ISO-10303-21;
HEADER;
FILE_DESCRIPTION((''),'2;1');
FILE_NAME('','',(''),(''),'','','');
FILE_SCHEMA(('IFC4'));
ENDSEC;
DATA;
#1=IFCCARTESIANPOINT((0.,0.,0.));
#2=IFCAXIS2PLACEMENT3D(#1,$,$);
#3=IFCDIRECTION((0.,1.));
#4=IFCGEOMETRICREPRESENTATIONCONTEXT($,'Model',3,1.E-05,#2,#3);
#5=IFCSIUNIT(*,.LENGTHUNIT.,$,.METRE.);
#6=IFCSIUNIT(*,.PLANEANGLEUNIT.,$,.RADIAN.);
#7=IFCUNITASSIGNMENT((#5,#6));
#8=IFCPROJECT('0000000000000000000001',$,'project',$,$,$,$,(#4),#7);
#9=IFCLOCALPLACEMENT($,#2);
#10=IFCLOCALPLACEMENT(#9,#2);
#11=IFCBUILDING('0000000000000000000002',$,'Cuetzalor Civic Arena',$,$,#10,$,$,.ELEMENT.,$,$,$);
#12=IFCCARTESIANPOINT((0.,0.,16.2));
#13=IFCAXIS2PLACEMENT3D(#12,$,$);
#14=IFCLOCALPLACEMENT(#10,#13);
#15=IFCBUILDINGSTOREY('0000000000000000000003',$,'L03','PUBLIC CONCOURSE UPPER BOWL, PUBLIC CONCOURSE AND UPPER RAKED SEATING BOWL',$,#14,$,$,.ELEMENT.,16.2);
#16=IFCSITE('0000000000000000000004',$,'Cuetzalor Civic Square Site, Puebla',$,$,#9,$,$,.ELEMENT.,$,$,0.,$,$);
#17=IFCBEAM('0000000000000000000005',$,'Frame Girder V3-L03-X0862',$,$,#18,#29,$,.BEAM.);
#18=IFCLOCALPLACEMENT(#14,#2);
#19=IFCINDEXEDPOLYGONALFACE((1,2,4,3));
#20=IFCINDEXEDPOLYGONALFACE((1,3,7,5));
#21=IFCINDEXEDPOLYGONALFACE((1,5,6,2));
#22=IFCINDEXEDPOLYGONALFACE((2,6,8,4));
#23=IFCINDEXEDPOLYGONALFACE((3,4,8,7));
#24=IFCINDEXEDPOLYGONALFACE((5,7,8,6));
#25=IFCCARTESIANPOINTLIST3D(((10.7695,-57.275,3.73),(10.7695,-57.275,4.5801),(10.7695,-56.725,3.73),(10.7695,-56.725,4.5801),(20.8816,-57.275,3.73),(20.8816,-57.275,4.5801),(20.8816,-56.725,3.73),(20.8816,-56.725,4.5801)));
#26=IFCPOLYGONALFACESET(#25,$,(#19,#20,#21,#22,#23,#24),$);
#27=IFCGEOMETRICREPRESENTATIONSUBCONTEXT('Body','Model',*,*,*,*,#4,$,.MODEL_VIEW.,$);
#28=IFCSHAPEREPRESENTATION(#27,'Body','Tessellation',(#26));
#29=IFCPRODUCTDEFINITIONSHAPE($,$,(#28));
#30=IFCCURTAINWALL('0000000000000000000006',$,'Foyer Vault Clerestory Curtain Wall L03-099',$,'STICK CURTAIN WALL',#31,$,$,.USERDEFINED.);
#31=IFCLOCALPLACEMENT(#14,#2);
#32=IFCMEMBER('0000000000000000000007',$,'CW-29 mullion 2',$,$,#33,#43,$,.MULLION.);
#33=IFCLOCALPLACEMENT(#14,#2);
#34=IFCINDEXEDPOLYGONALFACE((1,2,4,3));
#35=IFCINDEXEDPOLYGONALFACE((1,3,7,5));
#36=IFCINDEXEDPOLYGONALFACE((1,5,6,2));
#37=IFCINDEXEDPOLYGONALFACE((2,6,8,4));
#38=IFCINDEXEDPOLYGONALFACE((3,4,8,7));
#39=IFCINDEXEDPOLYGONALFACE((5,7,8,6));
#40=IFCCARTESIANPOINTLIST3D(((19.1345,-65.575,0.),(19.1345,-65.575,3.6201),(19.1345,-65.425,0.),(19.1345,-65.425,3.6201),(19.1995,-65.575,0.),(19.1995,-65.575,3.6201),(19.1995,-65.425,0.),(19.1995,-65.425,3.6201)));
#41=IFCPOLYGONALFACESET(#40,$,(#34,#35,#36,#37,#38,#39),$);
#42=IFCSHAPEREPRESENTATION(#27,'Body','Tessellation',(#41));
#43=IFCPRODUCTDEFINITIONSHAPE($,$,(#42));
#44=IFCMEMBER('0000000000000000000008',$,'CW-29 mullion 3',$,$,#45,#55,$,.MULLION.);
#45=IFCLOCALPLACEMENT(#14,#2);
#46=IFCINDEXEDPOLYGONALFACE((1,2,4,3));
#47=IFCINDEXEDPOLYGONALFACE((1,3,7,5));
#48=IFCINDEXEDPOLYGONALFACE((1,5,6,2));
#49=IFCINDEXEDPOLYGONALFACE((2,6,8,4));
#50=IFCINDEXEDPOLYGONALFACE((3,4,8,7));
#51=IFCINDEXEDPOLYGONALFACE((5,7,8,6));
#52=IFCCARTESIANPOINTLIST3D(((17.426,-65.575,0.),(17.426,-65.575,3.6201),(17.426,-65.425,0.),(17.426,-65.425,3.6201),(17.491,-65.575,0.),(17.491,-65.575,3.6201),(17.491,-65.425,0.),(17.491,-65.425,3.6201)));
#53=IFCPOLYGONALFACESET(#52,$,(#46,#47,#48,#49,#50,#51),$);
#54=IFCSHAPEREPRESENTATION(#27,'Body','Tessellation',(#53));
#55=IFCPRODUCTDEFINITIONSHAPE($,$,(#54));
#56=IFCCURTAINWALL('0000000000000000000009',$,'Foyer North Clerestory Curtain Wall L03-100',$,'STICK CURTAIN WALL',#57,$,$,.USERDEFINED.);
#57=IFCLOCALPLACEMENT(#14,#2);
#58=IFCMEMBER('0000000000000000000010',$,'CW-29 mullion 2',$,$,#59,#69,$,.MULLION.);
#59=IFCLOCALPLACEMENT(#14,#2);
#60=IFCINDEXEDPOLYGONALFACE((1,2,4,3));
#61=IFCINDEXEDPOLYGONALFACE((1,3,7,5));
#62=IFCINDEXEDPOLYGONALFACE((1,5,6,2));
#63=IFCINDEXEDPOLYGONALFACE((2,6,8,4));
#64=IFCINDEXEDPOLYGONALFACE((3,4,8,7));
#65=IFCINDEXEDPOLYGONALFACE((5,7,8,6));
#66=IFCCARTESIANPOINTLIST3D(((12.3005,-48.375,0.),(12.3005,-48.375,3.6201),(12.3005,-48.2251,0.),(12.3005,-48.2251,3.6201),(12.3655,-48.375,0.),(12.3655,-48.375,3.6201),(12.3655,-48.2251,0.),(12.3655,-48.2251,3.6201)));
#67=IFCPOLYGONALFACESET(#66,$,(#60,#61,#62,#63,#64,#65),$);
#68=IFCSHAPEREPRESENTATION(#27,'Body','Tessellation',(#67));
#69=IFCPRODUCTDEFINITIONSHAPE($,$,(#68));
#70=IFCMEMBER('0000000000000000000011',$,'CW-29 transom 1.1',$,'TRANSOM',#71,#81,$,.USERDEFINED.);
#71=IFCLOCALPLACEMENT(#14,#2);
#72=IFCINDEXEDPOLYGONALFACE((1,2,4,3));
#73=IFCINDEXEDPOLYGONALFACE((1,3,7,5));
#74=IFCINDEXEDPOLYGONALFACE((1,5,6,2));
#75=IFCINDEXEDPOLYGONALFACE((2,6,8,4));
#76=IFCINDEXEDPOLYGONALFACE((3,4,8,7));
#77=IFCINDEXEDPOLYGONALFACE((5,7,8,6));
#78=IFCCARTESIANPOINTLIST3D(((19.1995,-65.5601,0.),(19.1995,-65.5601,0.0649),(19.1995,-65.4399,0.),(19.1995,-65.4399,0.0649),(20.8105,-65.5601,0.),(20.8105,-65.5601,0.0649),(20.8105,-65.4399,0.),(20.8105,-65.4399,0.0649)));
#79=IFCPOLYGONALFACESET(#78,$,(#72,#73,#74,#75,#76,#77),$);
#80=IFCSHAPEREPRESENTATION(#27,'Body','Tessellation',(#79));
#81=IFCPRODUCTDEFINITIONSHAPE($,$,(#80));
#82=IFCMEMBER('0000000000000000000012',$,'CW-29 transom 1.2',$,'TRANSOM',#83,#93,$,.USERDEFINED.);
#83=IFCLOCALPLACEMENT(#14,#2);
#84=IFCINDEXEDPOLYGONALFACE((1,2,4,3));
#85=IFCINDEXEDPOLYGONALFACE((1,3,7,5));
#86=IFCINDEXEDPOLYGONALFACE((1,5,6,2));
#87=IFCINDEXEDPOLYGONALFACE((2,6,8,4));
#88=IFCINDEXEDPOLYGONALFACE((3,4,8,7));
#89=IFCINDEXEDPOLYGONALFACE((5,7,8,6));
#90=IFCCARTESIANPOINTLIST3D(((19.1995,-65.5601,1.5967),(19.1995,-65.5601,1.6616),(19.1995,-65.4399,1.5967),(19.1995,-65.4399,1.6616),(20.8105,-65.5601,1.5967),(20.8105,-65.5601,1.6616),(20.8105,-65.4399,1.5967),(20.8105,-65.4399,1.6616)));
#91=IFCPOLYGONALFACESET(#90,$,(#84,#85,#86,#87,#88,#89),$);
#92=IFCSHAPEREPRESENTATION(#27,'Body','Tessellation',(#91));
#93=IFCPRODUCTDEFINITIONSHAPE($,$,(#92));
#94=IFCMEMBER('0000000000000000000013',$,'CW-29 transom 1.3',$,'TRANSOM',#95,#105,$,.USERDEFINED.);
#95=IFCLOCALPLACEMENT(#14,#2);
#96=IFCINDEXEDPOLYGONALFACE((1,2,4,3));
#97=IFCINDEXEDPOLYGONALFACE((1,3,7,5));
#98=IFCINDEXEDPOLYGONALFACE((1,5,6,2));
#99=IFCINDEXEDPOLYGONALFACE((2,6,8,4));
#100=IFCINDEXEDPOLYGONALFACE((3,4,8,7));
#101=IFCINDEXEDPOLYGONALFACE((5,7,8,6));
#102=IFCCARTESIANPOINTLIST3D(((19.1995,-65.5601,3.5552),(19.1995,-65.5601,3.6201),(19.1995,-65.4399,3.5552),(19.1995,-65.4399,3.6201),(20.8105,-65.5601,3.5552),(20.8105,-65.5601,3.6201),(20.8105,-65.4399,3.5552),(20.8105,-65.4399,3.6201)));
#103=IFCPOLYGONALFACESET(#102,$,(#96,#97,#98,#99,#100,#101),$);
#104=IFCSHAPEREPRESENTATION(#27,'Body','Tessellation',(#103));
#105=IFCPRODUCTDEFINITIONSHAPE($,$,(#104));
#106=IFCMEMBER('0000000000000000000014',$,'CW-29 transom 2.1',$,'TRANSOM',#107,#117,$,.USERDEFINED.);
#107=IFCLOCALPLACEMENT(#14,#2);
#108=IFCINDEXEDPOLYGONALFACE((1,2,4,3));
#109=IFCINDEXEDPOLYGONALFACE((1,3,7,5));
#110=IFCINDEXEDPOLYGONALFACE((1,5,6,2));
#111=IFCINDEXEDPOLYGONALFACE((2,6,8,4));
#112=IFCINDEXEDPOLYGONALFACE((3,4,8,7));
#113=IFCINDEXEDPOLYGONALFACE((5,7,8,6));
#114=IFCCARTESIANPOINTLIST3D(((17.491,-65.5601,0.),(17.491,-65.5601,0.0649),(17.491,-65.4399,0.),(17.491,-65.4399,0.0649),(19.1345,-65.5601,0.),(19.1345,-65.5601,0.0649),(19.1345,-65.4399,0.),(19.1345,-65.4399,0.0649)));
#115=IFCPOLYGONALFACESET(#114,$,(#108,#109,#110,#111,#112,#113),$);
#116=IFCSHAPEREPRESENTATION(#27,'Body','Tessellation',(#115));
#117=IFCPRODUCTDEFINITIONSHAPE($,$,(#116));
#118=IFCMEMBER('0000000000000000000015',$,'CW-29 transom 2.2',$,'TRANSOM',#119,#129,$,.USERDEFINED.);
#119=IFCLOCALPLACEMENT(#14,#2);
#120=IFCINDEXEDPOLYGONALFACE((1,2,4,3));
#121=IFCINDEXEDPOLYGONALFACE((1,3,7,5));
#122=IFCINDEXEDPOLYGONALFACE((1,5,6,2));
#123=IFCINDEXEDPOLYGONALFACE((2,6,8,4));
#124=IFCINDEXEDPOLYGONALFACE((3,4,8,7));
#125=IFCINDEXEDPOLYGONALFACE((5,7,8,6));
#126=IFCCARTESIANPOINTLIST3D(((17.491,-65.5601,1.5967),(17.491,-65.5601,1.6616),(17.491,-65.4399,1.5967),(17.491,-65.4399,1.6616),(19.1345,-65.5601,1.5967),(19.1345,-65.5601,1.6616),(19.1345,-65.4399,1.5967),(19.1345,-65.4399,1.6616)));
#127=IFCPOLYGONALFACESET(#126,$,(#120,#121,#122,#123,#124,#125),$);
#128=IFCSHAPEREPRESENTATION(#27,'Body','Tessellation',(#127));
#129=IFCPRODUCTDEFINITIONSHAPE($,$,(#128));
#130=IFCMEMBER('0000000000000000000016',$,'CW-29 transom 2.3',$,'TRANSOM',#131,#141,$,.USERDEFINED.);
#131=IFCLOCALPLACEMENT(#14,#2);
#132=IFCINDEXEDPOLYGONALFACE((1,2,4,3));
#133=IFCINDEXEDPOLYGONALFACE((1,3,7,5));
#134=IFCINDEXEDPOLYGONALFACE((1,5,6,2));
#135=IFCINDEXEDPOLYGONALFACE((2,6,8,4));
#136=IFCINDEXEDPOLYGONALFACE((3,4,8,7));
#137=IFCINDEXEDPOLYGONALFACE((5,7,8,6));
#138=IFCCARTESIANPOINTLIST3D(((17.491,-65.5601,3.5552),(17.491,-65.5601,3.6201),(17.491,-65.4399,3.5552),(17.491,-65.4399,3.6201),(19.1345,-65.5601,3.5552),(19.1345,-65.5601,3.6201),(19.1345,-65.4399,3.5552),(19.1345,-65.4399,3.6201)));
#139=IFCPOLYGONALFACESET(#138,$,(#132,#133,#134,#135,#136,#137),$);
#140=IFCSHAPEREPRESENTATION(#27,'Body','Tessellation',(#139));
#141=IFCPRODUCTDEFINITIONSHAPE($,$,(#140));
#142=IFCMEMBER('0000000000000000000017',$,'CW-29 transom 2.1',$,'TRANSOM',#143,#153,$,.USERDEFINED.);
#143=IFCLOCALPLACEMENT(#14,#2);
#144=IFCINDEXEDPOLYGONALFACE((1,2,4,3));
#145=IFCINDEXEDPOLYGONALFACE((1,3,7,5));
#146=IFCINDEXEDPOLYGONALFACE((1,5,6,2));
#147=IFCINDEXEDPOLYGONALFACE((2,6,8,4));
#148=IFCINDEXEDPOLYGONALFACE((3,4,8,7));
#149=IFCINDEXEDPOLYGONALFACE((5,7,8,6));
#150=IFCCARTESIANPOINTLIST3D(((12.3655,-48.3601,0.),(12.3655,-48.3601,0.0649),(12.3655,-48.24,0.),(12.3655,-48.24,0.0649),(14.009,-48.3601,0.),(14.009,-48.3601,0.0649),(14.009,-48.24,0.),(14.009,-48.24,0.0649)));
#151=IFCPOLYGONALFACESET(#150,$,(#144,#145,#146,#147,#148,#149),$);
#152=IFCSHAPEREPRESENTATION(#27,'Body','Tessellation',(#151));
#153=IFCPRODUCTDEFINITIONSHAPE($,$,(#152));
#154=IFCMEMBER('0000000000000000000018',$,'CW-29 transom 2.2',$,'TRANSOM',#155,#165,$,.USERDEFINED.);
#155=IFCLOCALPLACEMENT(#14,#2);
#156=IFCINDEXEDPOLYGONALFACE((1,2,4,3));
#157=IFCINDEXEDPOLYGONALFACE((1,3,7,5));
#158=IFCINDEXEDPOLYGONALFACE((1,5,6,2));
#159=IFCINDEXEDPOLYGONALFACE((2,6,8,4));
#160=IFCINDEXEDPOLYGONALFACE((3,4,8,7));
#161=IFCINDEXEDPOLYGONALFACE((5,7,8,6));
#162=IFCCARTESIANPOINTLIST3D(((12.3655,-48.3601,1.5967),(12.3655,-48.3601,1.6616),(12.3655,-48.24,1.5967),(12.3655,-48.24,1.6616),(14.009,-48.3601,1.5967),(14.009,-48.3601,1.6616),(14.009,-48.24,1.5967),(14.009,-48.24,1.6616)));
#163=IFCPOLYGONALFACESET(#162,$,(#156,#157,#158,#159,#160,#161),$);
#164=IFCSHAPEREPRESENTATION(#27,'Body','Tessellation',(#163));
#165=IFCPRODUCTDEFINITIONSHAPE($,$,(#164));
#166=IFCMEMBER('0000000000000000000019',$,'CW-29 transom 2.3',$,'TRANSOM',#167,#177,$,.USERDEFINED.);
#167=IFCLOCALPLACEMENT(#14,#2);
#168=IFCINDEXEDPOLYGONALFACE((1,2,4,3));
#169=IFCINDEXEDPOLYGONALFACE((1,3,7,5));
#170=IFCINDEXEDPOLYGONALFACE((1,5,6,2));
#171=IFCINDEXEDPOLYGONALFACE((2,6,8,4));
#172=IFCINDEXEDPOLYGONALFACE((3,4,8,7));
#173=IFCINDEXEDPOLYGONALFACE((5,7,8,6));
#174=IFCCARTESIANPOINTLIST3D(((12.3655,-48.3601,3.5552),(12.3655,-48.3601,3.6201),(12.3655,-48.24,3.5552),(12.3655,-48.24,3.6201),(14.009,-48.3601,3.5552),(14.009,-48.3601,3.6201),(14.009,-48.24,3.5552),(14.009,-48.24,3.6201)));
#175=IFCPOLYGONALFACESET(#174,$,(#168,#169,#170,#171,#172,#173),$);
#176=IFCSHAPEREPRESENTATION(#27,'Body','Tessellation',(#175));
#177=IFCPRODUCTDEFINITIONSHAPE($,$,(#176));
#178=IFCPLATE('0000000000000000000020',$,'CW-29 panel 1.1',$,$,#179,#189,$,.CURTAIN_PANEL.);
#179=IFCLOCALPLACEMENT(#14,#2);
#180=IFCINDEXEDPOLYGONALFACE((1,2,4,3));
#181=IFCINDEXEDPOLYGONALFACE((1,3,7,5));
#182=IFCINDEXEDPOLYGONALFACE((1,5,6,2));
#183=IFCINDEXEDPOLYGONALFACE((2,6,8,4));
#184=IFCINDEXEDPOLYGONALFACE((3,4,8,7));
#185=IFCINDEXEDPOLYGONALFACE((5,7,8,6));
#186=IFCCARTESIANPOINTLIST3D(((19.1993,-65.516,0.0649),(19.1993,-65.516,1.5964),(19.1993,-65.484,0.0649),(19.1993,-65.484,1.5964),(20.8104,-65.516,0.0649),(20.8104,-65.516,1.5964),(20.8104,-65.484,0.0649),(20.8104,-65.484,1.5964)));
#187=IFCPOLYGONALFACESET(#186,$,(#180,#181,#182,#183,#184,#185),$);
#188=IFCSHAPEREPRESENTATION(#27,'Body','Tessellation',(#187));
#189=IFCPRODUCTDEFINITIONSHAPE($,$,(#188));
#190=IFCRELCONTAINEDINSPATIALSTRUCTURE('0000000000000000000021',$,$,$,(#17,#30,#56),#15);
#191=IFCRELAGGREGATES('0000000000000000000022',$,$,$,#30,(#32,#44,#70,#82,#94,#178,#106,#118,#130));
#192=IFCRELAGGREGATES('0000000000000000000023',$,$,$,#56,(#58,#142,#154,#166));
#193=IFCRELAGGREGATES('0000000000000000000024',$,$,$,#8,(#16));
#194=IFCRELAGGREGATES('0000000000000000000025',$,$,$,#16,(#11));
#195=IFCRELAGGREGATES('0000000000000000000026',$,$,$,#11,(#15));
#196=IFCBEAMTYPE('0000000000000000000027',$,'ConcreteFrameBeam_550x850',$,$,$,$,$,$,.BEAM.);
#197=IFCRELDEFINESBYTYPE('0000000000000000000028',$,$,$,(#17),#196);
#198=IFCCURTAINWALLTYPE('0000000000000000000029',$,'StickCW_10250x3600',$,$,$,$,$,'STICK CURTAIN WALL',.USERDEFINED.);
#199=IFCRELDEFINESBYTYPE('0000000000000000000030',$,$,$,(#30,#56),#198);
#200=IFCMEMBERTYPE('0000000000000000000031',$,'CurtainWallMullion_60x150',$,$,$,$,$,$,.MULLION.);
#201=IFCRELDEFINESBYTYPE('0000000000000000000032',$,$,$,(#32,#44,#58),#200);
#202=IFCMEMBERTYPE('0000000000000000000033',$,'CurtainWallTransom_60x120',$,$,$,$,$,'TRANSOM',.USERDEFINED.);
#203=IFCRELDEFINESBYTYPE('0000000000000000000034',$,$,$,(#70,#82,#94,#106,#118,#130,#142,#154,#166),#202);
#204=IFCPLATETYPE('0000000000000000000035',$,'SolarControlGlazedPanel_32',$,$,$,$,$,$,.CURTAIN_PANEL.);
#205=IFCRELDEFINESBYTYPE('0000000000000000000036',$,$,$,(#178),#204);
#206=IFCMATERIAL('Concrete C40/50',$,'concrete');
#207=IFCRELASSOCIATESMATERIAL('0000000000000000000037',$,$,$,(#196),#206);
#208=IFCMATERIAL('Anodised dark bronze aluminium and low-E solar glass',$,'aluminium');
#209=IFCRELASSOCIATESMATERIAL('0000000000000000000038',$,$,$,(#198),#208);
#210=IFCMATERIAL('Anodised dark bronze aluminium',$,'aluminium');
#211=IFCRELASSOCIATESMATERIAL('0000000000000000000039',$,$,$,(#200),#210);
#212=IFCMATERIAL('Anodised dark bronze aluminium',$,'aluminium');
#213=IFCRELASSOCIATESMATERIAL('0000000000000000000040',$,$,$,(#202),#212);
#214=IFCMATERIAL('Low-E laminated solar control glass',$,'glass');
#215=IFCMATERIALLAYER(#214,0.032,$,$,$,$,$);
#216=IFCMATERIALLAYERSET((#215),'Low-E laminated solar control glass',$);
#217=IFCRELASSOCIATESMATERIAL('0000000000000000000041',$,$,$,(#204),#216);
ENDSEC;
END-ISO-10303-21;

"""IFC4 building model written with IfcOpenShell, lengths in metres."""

from ifc_helpers import new_model, si_unit, direction, frame, origin, origin_2d, place, context, subcontext, project, spatial, rectangle, extrude, material, layer, layer_set, material_profile, profile_set, type_object, element, aggregate, save


model = new_model("IFC4")

# Units and contexts
model_context = context("Model", 3, precision=1e-05, world=origin(), true_north=direction((0.0, 1.0)))
body_context = subcontext(model_context, "Body", "Model", "MODEL_VIEW")
ifc_project = project(units=[si_unit("LENGTHUNIT", "METRE"), si_unit("PLANEANGLEUNIT", "RADIAN")], contexts=[model_context])

# Site, building, storey
site_placement = place(None, origin())
site = spatial("IfcSite", under=ifc_project, at=site_placement, Name="Cuetzalor Civic Square Site, Puebla", CompositionType="ELEMENT", RefElevation=0.0)
building_placement = place(site_placement, origin())
building = spatial("IfcBuilding", under=site, at=building_placement, Name="Cuetzalor Civic Arena", CompositionType="ELEMENT")
storey_placement = place(building_placement, frame((0.0, 0.0, 16.2)))
storey = spatial("IfcBuildingStorey", under=building, at=storey_placement, Name="L03", Description="PUBLIC CONCOURSE UPPER BOWL, PUBLIC CONCOURSE AND UPPER RAKED SEATING BOWL", CompositionType="ELEMENT", Elevation=16.2)

# Beam
ifc_material_1 = material(Name="Concrete C40/50", Category="concrete")
ifc_material_profile_1 = material_profile(ifc_material_1, rectangle(XDim=0.55, YDim=0.8501, at=origin_2d()), Name="RC 550x850")
ifc_profile_set_1 = profile_set([ifc_material_profile_1], Name="Concrete C40/50")
beam_type = type_object("IfcBeamType", Name="ConcreteFrameBeam_550x850", PredefinedType="BEAM", material=ifc_profile_set_1)
beam_placement = place(storey_placement, frame((10.7695, -57.0, 4.155), z_axis=(1.0, 0.0, 0.0), x_axis=(0.0, 1.0, 0.0)))
element("IfcBeam", 1, at=beam_placement, inside=storey, type_object=beam_type, Name="Frame Girder V3-L03-X0862", PredefinedType="BEAM", context=body_context, shape_type="SweptSolid", body=[
    extrude(rectangle(XDim=0.55, YDim=0.8501, at=origin_2d()), origin(), (0.0, 0.0, 1.0), 10.1121),
])

# Curtain wall, members
ifc_material_2 = material(Name="Anodised dark bronze aluminium and low-E solar glass", Category="aluminium")
curtain_wall_type = type_object("IfcCurtainWallType", Name="StickCW_10250x3600", ElementType="STICK CURTAIN WALL", PredefinedType="USERDEFINED", material=ifc_material_2)
curtain_wall_1_placement = place(storey_placement, origin())
curtain_wall_1 = element("IfcCurtainWall", 2, at=curtain_wall_1_placement, inside=storey, type_object=curtain_wall_type, Name="Foyer Vault Clerestory Curtain Wall L03-099", ObjectType="STICK CURTAIN WALL", PredefinedType="USERDEFINED")
ifc_material_3 = material(Name="Anodised dark bronze aluminium", Category="aluminium")
ifc_material_profile_2 = material_profile(ifc_material_3, rectangle(XDim=0.0649, YDim=0.1499, at=origin_2d()), Name="ALU MULLION 65x150")
ifc_profile_set_2 = profile_set([ifc_material_profile_2], Name="Anodised dark bronze aluminium")
member_type_1 = type_object("IfcMemberType", Name="CurtainWallMullion_60x150", PredefinedType="MULLION", material=ifc_profile_set_2)
member_1_placement = place(storey_placement, frame((19.167, -65.5, 0.0), z_axis=(0.0, 0.0, 1.0), x_axis=(-1.0, 0.0, 0.0)))
member_1 = element("IfcMember", 3, at=member_1_placement, type_object=member_type_1, Name="CW-29 mullion 2", PredefinedType="MULLION", context=body_context, shape_type="SweptSolid", body=[
    extrude(rectangle(XDim=0.0649, YDim=0.1499, at=origin_2d()), origin(), (0.0, 0.0, 1.0), 3.6201),
])
member_2_placement = place(storey_placement, frame((17.4585, -65.5, 0.0), z_axis=(0.0, 0.0, 1.0), x_axis=(-1.0, 0.0, 0.0)))
member_2 = element("IfcMember", 4, at=member_2_placement, type_object=member_type_1, Name="CW-29 mullion 3", PredefinedType="MULLION", context=body_context, shape_type="SweptSolid", body=[
    extrude(rectangle(XDim=0.0649, YDim=0.1499, at=origin_2d()), origin(), (0.0, 0.0, 1.0), 3.6201),
])

# Curtain wall, member
curtain_wall_2_placement = place(storey_placement, origin())
curtain_wall_2 = element("IfcCurtainWall", 5, at=curtain_wall_2_placement, inside=storey, type_object=curtain_wall_type, Name="Foyer North Clerestory Curtain Wall L03-100", ObjectType="STICK CURTAIN WALL", PredefinedType="USERDEFINED")
member_3_placement = place(storey_placement, frame((12.333, -48.3, 0.0), z_axis=(0.0, 0.0, 1.0), x_axis=(1.0, 0.0, 0.0)))
member_3 = element("IfcMember", 6, at=member_3_placement, type_object=member_type_1, Name="CW-29 mullion 2", PredefinedType="MULLION", context=body_context, shape_type="SweptSolid", body=[
    extrude(rectangle(XDim=0.0649, YDim=0.1499, at=origin_2d()), origin(), (0.0, 0.0, 1.0), 3.6201),
])

# Members
ifc_material_4 = material(Name="Anodised dark bronze aluminium", Category="aluminium")
ifc_material_profile_3 = material_profile(ifc_material_4, rectangle(XDim=0.1201, YDim=0.0649, at=origin_2d()), Name="ALU TRANSOM 65x120")
ifc_profile_set_3 = profile_set([ifc_material_profile_3], Name="Anodised dark bronze aluminium")
member_type_2 = type_object("IfcMemberType", Name="CurtainWallTransom_60x120", ElementType="TRANSOM", PredefinedType="USERDEFINED", material=ifc_profile_set_3)
member_4_placement = place(storey_placement, frame((20.8105, -65.5, 0.0325), z_axis=(-1.0, 0.0, 0.0), x_axis=(0.0, -1.0, 0.0)))
member_4 = element("IfcMember", 7, at=member_4_placement, type_object=member_type_2, Name="CW-29 transom 1.1", ObjectType="TRANSOM", PredefinedType="USERDEFINED", context=body_context, shape_type="SweptSolid", body=[
    extrude(rectangle(XDim=0.1201, YDim=0.0649, at=origin_2d()), origin(), (0.0, 0.0, 1.0), 1.6111),
])
member_5_placement = place(storey_placement, frame((20.8105, -65.5, 1.6292), z_axis=(-1.0, 0.0, 0.0), x_axis=(0.0, -1.0, 0.0)))
member_5 = element("IfcMember", 8, at=member_5_placement, type_object=member_type_2, Name="CW-29 transom 1.2", ObjectType="TRANSOM", PredefinedType="USERDEFINED", context=body_context, shape_type="SweptSolid", body=[
    extrude(rectangle(XDim=0.1201, YDim=0.0649, at=origin_2d()), origin(), (0.0, 0.0, 1.0), 1.6111),
])
member_6_placement = place(storey_placement, frame((20.8105, -65.5, 3.5876), z_axis=(-1.0, 0.0, 0.0), x_axis=(0.0, -1.0, 0.0)))
member_6 = element("IfcMember", 9, at=member_6_placement, type_object=member_type_2, Name="CW-29 transom 1.3", ObjectType="TRANSOM", PredefinedType="USERDEFINED", context=body_context, shape_type="SweptSolid", body=[
    extrude(rectangle(XDim=0.1201, YDim=0.0649, at=origin_2d()), origin(), (0.0, 0.0, 1.0), 1.6111),
])
member_7_placement = place(storey_placement, frame((19.1345, -65.5, 0.0325), z_axis=(-1.0, 0.0, 0.0), x_axis=(0.0, -1.0, 0.0)))
member_7 = element("IfcMember", 10, at=member_7_placement, type_object=member_type_2, Name="CW-29 transom 2.1", ObjectType="TRANSOM", PredefinedType="USERDEFINED", context=body_context, shape_type="SweptSolid", body=[
    extrude(rectangle(XDim=0.1201, YDim=0.0649, at=origin_2d()), origin(), (0.0, 0.0, 1.0), 1.6436),
])
member_8_placement = place(storey_placement, frame((19.1345, -65.5, 1.6292), z_axis=(-1.0, 0.0, 0.0), x_axis=(0.0, -1.0, 0.0)))
member_8 = element("IfcMember", 11, at=member_8_placement, type_object=member_type_2, Name="CW-29 transom 2.2", ObjectType="TRANSOM", PredefinedType="USERDEFINED", context=body_context, shape_type="SweptSolid", body=[
    extrude(rectangle(XDim=0.1201, YDim=0.0649, at=origin_2d()), origin(), (0.0, 0.0, 1.0), 1.6436),
])
member_9_placement = place(storey_placement, frame((19.1345, -65.5, 3.5876), z_axis=(-1.0, 0.0, 0.0), x_axis=(0.0, -1.0, 0.0)))
member_9 = element("IfcMember", 12, at=member_9_placement, type_object=member_type_2, Name="CW-29 transom 2.3", ObjectType="TRANSOM", PredefinedType="USERDEFINED", context=body_context, shape_type="SweptSolid", body=[
    extrude(rectangle(XDim=0.1201, YDim=0.0649, at=origin_2d()), origin(), (0.0, 0.0, 1.0), 1.6436),
])
member_10_placement = place(storey_placement, frame((12.3655, -48.3, 0.0325), z_axis=(1.0, 0.0, 0.0), x_axis=(0.0, 1.0, 0.0)))
member_10 = element("IfcMember", 13, at=member_10_placement, type_object=member_type_2, Name="CW-29 transom 2.1", ObjectType="TRANSOM", PredefinedType="USERDEFINED", context=body_context, shape_type="SweptSolid", body=[
    extrude(rectangle(XDim=0.1201, YDim=0.0649, at=origin_2d()), origin(), (0.0, 0.0, 1.0), 1.6436),
])
member_11_placement = place(storey_placement, frame((12.3655, -48.3, 1.6292), z_axis=(1.0, 0.0, 0.0), x_axis=(0.0, 1.0, 0.0)))
member_11 = element("IfcMember", 14, at=member_11_placement, type_object=member_type_2, Name="CW-29 transom 2.2", ObjectType="TRANSOM", PredefinedType="USERDEFINED", context=body_context, shape_type="SweptSolid", body=[
    extrude(rectangle(XDim=0.1201, YDim=0.0649, at=origin_2d()), origin(), (0.0, 0.0, 1.0), 1.6436),
])
member_12_placement = place(storey_placement, frame((12.3655, -48.3, 3.5876), z_axis=(1.0, 0.0, 0.0), x_axis=(0.0, 1.0, 0.0)))
member_12 = element("IfcMember", 15, at=member_12_placement, type_object=member_type_2, Name="CW-29 transom 2.3", ObjectType="TRANSOM", PredefinedType="USERDEFINED", context=body_context, shape_type="SweptSolid", body=[
    extrude(rectangle(XDim=0.1201, YDim=0.0649, at=origin_2d()), origin(), (0.0, 0.0, 1.0), 1.6436),
])

# Plate
ifc_material_5 = material(Name="Low-E laminated solar control glass", Category="glass")
ifc_layer_1 = layer(ifc_material_5, 0.032)
ifc_layer_set_1 = layer_set([ifc_layer_1], Name="Low-E laminated solar control glass")
plate_type = type_object("IfcPlateType", Name="SolarControlGlazedPanel_32", PredefinedType="CURTAIN_PANEL", material=ifc_layer_set_1)
plate_1_placement = place(storey_placement, frame((20.0049, -65.5, 0.0649), z_axis=(0.0, 0.0, 1.0), x_axis=(-1.0, 0.0, 0.0)))
plate_1 = element("IfcPlate", 16, at=plate_1_placement, type_object=plate_type, Name="CW-29 panel 1.1", PredefinedType="CURTAIN_PANEL", context=body_context, shape_type="SweptSolid", body=[
    extrude(rectangle(XDim=1.6111, YDim=0.032, at=origin_2d()), origin(), (0.0, 0.0, 1.0), 1.5315),
])
aggregate(curtain_wall_1, [member_1, member_2, member_4, member_5, member_6, plate_1, member_7, member_8, member_9])
aggregate(curtain_wall_2, [member_3, member_10, member_11, member_12])

save(model, "model.ifc")
